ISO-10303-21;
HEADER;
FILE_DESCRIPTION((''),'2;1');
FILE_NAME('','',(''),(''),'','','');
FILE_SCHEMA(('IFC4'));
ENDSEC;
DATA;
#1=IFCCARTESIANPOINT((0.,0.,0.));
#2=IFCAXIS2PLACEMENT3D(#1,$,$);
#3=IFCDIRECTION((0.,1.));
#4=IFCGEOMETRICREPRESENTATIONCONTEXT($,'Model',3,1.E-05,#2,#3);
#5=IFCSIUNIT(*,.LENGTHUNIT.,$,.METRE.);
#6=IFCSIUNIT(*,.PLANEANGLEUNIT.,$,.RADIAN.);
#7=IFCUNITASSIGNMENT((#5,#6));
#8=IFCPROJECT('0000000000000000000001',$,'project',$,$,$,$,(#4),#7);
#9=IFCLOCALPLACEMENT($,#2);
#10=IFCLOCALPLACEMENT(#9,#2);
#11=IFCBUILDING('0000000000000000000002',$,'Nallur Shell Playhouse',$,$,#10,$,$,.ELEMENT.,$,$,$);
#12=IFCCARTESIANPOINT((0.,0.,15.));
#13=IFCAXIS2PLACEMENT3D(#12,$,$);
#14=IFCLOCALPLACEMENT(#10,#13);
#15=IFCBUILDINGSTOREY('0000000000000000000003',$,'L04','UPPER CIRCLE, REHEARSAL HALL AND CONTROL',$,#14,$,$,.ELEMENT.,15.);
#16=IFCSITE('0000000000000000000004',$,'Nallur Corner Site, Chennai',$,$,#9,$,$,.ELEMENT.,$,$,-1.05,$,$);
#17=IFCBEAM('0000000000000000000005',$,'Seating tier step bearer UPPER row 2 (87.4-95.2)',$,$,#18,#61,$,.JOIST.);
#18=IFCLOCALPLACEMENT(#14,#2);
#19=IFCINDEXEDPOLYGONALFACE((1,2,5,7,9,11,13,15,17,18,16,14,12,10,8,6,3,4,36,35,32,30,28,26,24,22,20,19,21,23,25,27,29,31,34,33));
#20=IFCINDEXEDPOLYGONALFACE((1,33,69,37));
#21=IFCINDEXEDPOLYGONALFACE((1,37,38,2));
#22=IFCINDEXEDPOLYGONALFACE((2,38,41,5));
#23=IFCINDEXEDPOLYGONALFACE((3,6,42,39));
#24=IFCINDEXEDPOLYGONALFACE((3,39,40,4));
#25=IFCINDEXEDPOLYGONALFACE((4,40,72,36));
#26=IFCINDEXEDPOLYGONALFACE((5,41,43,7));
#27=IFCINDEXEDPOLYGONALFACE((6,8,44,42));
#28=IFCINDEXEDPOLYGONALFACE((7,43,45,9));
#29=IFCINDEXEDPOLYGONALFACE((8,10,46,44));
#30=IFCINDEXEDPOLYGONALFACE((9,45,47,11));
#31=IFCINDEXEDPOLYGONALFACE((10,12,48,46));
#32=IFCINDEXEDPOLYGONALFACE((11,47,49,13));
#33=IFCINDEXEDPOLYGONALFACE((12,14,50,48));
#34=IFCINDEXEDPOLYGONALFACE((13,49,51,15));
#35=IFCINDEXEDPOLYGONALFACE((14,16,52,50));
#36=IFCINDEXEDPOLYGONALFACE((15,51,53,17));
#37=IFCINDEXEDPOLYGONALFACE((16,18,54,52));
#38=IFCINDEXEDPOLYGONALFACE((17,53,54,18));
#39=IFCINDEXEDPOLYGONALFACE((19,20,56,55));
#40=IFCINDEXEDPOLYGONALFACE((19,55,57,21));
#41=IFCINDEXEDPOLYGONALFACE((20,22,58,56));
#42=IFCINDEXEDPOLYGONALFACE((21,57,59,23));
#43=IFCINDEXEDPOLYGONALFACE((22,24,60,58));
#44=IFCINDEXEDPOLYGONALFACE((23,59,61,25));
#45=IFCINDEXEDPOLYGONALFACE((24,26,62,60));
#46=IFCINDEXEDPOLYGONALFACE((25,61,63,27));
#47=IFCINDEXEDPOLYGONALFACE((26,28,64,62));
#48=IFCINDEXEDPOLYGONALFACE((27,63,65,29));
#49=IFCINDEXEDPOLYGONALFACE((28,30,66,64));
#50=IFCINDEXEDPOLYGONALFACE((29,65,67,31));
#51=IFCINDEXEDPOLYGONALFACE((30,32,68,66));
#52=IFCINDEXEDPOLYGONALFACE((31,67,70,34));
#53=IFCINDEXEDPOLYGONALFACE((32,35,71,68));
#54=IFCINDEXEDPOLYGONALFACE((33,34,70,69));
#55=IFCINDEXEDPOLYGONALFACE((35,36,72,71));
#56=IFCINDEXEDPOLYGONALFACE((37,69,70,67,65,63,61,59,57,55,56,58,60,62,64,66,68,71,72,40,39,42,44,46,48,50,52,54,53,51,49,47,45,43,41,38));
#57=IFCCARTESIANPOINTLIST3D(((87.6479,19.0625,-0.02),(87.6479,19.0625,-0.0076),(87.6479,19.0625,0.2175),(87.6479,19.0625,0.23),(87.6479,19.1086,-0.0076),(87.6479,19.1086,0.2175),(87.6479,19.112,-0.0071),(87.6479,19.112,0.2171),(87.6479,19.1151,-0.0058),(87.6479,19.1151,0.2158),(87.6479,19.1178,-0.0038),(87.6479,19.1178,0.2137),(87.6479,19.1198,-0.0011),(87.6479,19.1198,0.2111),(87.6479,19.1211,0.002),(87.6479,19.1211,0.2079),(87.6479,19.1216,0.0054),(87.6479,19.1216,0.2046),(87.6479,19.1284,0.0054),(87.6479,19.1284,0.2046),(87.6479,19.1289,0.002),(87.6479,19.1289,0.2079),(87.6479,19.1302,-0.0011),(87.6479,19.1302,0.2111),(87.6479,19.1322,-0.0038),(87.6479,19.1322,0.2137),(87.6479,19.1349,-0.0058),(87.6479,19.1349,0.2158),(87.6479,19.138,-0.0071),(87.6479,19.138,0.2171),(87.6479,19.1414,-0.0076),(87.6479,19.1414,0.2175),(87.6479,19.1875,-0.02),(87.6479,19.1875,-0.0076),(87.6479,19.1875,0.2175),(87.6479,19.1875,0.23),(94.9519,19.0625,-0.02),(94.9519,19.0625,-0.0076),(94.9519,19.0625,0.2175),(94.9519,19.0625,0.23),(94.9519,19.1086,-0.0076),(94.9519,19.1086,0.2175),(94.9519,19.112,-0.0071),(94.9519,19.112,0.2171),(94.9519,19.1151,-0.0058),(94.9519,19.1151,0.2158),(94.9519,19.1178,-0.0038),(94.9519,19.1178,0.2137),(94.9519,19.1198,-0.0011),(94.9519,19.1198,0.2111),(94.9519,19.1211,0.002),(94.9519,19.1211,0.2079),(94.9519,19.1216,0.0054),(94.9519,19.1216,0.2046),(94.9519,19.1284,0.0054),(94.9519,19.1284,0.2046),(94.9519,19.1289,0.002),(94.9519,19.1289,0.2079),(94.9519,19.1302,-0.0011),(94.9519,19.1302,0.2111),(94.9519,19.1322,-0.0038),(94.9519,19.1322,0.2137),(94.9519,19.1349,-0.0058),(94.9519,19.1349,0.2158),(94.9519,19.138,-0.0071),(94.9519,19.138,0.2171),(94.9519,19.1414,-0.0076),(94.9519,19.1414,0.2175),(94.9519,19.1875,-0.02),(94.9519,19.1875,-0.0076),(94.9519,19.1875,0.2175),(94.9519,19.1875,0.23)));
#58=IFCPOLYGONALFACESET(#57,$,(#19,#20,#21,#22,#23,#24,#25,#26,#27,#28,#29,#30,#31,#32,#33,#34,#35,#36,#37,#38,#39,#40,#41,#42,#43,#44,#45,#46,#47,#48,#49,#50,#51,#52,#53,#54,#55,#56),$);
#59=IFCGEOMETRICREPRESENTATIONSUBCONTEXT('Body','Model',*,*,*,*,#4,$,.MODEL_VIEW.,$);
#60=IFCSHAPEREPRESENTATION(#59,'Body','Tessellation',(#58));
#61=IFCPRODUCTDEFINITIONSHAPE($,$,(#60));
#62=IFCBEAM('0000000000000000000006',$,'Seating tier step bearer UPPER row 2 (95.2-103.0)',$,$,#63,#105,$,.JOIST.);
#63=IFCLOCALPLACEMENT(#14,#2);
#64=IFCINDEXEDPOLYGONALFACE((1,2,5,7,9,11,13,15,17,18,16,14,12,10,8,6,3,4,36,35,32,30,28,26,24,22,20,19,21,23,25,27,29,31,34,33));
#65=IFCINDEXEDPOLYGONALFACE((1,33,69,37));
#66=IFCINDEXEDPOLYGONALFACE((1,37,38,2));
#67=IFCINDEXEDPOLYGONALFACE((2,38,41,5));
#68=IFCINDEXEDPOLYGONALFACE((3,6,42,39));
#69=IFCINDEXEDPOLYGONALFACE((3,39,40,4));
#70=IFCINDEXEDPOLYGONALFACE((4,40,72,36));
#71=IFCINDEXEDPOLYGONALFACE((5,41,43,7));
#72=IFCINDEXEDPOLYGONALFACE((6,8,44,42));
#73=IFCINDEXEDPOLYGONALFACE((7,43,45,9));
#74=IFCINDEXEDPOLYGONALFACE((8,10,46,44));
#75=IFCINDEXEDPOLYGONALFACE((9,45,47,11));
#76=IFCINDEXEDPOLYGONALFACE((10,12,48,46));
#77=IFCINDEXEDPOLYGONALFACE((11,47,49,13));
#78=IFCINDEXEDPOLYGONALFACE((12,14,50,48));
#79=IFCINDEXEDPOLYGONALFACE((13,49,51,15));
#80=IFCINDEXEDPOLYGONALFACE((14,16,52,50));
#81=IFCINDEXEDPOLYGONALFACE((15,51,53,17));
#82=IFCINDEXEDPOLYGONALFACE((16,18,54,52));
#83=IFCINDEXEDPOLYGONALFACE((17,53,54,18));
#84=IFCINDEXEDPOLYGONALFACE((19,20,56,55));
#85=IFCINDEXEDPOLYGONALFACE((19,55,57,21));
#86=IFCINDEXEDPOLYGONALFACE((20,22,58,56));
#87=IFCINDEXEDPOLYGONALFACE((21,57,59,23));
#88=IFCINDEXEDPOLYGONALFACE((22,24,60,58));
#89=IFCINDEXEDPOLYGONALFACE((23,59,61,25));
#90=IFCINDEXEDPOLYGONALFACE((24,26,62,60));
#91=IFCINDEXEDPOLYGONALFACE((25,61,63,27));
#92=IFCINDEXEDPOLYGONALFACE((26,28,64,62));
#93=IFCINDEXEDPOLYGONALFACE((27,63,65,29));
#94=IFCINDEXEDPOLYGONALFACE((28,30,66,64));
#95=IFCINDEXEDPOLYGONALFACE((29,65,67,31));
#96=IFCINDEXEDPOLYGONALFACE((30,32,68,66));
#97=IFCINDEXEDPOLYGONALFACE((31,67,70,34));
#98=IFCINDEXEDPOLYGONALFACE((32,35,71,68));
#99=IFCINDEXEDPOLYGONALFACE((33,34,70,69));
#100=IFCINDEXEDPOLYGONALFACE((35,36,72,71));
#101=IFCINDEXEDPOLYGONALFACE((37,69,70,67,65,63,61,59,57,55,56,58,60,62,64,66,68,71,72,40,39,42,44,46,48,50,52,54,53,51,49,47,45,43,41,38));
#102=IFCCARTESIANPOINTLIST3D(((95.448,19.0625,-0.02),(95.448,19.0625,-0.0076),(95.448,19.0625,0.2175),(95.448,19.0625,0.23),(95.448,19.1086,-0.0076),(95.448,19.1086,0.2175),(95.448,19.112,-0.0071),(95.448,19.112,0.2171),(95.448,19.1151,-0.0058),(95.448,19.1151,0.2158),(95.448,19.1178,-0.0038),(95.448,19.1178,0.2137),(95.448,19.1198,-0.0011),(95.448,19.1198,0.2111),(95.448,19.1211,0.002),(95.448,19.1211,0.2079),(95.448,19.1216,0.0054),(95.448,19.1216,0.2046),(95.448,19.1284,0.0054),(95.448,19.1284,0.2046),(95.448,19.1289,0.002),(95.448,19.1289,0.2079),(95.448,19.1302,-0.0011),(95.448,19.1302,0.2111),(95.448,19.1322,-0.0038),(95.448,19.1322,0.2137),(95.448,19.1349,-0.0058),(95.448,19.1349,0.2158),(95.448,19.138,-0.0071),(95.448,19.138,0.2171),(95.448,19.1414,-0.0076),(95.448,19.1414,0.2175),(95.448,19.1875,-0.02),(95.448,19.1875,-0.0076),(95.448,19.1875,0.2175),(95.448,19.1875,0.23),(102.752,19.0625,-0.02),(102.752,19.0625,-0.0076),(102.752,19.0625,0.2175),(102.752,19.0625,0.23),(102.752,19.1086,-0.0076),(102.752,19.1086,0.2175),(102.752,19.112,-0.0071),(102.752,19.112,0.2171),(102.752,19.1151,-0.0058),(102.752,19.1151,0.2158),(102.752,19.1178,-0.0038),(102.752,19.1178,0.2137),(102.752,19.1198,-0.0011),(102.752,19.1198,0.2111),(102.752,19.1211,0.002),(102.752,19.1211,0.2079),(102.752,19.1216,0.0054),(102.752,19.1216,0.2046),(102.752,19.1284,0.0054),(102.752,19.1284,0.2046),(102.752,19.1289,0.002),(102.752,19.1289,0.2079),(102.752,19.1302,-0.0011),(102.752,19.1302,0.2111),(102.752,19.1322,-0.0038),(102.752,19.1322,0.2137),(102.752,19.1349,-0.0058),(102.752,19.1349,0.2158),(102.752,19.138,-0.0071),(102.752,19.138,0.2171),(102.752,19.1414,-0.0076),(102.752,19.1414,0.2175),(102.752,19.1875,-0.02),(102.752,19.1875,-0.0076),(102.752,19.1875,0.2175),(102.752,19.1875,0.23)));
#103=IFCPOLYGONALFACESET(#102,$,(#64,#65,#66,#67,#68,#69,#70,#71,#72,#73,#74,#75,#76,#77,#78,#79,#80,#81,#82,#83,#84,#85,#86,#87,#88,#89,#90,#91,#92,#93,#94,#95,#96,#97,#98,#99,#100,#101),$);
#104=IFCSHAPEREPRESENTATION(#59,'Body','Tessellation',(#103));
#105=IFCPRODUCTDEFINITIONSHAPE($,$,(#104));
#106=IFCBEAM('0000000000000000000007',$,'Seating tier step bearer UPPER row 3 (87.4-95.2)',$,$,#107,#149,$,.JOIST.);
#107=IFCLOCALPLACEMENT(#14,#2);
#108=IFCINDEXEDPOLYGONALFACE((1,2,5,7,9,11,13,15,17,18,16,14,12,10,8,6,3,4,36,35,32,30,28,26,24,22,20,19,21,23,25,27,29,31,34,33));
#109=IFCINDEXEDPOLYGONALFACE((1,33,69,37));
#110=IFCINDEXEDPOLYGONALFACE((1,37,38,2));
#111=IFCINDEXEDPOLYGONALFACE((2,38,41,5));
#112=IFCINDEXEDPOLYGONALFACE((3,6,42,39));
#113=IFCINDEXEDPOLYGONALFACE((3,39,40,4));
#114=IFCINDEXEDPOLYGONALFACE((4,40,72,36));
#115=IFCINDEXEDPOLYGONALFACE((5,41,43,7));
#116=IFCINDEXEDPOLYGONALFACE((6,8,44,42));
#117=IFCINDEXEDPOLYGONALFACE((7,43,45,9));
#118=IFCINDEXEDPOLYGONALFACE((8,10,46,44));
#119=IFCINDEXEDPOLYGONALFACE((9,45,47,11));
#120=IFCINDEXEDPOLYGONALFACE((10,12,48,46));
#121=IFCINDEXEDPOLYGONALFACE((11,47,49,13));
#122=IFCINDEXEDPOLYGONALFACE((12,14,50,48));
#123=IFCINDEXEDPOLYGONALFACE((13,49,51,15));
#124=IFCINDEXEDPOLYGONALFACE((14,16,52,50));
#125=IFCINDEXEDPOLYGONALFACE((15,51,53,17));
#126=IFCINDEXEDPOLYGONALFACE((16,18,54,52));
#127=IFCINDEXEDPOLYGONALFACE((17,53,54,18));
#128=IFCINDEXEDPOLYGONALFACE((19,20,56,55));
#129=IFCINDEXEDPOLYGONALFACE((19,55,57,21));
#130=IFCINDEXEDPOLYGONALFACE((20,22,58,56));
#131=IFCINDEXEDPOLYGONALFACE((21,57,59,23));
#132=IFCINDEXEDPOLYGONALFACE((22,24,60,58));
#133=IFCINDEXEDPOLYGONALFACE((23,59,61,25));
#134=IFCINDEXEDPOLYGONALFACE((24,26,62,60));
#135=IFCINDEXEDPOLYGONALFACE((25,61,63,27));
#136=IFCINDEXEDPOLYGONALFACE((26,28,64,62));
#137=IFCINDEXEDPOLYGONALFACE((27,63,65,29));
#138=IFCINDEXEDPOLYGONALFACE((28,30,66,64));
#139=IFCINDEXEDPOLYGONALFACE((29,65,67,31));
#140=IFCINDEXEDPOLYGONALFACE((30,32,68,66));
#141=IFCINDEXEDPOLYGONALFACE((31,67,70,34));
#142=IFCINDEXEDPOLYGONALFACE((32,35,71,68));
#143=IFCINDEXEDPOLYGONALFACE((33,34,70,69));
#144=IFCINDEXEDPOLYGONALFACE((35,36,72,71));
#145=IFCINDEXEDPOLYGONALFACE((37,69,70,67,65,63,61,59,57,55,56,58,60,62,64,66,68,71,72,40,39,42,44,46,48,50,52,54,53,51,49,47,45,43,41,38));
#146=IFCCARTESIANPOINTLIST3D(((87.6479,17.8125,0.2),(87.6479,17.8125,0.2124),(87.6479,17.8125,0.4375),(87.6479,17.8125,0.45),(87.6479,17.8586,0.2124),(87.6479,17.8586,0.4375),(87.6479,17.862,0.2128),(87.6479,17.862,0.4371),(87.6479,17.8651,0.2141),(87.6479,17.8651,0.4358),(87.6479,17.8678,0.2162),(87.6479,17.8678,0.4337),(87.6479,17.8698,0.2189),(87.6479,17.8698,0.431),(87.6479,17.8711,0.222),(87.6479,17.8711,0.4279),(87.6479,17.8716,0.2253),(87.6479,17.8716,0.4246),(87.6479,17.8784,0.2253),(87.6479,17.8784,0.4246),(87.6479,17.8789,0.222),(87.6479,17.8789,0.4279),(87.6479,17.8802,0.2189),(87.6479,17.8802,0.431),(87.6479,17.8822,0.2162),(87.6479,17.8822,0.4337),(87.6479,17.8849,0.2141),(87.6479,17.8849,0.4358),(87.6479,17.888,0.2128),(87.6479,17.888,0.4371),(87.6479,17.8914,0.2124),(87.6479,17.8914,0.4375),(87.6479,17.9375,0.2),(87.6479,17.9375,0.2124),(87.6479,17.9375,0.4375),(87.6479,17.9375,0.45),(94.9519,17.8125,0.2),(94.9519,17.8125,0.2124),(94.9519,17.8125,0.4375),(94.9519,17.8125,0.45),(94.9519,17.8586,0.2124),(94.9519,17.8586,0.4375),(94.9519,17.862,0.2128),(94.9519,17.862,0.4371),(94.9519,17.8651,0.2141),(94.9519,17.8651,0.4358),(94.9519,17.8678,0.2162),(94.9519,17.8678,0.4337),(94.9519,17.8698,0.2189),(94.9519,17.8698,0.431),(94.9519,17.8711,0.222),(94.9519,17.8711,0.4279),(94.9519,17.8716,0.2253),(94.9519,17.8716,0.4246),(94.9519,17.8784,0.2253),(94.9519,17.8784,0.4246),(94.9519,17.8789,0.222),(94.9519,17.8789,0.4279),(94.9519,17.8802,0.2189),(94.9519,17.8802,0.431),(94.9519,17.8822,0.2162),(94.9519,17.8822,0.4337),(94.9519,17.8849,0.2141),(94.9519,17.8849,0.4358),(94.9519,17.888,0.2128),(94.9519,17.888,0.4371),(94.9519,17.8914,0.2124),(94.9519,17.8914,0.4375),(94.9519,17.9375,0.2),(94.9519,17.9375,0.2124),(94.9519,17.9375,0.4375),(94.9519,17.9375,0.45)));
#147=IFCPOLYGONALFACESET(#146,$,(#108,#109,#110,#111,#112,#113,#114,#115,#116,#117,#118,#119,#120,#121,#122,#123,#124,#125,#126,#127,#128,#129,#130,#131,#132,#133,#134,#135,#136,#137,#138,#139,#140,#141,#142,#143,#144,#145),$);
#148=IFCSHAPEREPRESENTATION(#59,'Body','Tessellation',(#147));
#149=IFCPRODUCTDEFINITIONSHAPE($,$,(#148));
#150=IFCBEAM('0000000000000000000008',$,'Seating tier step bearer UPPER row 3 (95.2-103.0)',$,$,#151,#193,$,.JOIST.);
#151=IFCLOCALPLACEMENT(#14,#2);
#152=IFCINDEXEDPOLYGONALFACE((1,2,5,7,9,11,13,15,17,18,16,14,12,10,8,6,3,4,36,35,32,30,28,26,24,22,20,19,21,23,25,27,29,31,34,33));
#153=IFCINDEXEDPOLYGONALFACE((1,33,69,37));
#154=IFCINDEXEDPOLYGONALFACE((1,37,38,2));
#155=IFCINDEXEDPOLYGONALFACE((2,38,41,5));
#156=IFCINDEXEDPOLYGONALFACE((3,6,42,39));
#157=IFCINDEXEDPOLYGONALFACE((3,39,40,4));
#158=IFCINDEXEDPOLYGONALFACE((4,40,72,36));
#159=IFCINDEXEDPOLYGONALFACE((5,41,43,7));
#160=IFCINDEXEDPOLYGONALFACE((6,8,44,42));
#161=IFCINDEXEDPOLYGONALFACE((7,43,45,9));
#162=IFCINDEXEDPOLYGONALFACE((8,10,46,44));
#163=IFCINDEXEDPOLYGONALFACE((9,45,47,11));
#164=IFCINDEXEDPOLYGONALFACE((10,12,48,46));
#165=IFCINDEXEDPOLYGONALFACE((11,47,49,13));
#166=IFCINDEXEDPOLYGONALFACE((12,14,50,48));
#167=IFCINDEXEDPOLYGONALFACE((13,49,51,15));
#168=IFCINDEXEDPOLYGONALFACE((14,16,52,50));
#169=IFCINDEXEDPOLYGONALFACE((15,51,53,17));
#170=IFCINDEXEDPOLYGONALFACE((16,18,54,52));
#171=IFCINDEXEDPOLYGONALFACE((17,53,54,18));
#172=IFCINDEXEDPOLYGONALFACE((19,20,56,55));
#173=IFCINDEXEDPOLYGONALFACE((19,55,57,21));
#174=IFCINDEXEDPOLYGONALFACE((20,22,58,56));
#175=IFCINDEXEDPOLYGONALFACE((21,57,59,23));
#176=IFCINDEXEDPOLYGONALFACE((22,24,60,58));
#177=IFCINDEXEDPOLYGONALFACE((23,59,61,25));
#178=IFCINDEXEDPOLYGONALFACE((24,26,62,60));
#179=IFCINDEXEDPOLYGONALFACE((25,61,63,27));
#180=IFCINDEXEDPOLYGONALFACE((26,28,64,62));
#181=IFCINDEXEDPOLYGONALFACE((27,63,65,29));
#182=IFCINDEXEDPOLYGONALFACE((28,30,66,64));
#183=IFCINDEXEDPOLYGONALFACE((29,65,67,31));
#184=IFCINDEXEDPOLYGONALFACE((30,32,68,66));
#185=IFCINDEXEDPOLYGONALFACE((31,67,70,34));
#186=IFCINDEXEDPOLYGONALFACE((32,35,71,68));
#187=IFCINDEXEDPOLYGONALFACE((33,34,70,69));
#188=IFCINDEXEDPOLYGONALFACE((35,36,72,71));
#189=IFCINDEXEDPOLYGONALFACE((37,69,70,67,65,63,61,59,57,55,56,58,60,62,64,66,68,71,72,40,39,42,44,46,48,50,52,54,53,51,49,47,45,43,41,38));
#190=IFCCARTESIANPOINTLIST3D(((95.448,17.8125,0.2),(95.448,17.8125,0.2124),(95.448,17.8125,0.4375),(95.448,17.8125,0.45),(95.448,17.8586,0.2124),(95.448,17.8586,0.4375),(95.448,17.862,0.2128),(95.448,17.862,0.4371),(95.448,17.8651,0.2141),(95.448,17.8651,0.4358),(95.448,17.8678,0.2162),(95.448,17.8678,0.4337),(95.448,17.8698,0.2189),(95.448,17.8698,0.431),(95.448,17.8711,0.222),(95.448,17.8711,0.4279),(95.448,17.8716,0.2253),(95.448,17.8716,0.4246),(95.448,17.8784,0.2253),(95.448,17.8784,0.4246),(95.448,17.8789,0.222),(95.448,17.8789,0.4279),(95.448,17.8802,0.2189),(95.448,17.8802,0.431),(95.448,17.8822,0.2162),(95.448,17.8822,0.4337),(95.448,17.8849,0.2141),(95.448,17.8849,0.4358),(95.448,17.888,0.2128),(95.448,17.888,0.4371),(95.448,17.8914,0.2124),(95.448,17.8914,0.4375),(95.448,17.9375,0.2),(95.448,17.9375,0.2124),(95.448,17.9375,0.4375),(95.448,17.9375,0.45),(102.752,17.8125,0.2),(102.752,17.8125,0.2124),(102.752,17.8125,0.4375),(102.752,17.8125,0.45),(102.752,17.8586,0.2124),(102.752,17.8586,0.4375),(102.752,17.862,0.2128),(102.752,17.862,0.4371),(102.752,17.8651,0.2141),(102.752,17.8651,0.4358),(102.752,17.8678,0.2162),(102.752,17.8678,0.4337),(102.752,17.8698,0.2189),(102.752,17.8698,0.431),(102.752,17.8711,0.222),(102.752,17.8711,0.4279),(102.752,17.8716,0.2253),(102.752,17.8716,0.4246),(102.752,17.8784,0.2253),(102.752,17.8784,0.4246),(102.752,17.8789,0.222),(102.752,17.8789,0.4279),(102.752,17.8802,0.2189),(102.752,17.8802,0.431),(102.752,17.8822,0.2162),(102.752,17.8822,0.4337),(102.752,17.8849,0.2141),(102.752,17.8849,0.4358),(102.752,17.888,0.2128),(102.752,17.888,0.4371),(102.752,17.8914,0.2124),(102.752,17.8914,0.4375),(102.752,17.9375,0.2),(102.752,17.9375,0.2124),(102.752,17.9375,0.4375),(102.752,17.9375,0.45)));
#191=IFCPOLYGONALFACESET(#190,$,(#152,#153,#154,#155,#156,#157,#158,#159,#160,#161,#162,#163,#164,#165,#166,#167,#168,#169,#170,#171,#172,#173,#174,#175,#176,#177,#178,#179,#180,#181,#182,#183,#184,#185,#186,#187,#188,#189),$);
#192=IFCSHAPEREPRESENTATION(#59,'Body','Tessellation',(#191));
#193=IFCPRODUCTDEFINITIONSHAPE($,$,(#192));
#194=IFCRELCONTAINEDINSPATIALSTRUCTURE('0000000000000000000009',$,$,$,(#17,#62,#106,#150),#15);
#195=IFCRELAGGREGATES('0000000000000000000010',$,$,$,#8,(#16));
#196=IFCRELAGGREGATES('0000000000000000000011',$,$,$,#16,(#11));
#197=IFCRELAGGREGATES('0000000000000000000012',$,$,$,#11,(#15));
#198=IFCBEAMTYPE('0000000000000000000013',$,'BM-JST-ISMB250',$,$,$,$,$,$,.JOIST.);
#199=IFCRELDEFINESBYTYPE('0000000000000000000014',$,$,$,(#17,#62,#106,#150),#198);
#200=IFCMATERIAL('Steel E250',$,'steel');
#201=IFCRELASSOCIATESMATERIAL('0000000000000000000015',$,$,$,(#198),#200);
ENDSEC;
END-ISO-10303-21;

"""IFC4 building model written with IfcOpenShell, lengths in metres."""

from ifc_helpers import new_model, si_unit, direction, frame, origin, origin_2d, place, context, subcontext, project, spatial, i_section, extrude, material, material_profile, profile_set, type_object, element, save


model = new_model("IFC4")

# Units and contexts
model_context = context("Model", 3, precision=1e-05, world=origin(), true_north=direction((0.0, 1.0)))
body_context = subcontext(model_context, "Body", "Model", "MODEL_VIEW")
ifc_project = project(units=[si_unit("LENGTHUNIT", "METRE"), si_unit("PLANEANGLEUNIT", "RADIAN")], contexts=[model_context])

# Site, building, storey
site_placement = place(None, origin())
site = spatial("IfcSite", under=ifc_project, at=site_placement, Name="Nallur Corner Site, Chennai", CompositionType="ELEMENT", RefElevation=-1.05)
building_placement = place(site_placement, origin())
building = spatial("IfcBuilding", under=site, at=building_placement, Name="Nallur Shell Playhouse", CompositionType="ELEMENT")
storey_placement = place(building_placement, frame((0.0, 0.0, 15.0)))
storey = spatial("IfcBuildingStorey", under=building, at=storey_placement, Name="L04", Description="UPPER CIRCLE, REHEARSAL HALL AND CONTROL", CompositionType="ELEMENT", Elevation=15.0)

# Beams
ifc_material_1 = material(Name="Steel E250", Category="steel")
ifc_material_profile_1 = material_profile(ifc_material_1, i_section(OverallWidth=0.125, OverallDepth=0.25, WebThickness=0.0068, FlangeThickness=0.0125, FilletRadius=0.0129, at=origin_2d()), Name="ISMB 250")
ifc_profile_set_1 = profile_set([ifc_material_profile_1], Name="Steel E250")
beam_type = type_object("IfcBeamType", Name="BM-JST-ISMB250", PredefinedType="JOIST", material=ifc_profile_set_1)
for number, where, z_axis, x_axis, name in (
    (1, (87.6479, 19.125, 0.105), (1.0, 0.0, 0.0), (0.0, 1.0, 0.0), "Seating tier step bearer UPPER row 2 (87.4-95.2)"),
    (2, (95.448, 19.125, 0.105), (1.0, 0.0, 0.0), (0.0, 1.0, 0.0), "Seating tier step bearer UPPER row 2 (95.2-103.0)"),
    (3, (87.6479, 17.875, 0.325), (1.0, 0.0, 0.0), (0.0, 1.0, 0.0), "Seating tier step bearer UPPER row 3 (87.4-95.2)"),
    (4, (95.448, 17.875, 0.325), (1.0, 0.0, 0.0), (0.0, 1.0, 0.0), "Seating tier step bearer UPPER row 3 (95.2-103.0)"),
):
    element("IfcBeam", number, at=place(storey_placement, frame(where, z_axis=z_axis, x_axis=x_axis)), inside=storey, type_object=beam_type, Name=name, PredefinedType="JOIST", context=body_context, shape_type="SweptSolid", body=[
        extrude(i_section(OverallWidth=0.125, OverallDepth=0.25, WebThickness=0.0068, FlangeThickness=0.0125, FilletRadius=0.0129, at=origin_2d()), origin(), (0.0, 0.0, 1.0), 7.304),
    ])

save(model, "model.ifc")
